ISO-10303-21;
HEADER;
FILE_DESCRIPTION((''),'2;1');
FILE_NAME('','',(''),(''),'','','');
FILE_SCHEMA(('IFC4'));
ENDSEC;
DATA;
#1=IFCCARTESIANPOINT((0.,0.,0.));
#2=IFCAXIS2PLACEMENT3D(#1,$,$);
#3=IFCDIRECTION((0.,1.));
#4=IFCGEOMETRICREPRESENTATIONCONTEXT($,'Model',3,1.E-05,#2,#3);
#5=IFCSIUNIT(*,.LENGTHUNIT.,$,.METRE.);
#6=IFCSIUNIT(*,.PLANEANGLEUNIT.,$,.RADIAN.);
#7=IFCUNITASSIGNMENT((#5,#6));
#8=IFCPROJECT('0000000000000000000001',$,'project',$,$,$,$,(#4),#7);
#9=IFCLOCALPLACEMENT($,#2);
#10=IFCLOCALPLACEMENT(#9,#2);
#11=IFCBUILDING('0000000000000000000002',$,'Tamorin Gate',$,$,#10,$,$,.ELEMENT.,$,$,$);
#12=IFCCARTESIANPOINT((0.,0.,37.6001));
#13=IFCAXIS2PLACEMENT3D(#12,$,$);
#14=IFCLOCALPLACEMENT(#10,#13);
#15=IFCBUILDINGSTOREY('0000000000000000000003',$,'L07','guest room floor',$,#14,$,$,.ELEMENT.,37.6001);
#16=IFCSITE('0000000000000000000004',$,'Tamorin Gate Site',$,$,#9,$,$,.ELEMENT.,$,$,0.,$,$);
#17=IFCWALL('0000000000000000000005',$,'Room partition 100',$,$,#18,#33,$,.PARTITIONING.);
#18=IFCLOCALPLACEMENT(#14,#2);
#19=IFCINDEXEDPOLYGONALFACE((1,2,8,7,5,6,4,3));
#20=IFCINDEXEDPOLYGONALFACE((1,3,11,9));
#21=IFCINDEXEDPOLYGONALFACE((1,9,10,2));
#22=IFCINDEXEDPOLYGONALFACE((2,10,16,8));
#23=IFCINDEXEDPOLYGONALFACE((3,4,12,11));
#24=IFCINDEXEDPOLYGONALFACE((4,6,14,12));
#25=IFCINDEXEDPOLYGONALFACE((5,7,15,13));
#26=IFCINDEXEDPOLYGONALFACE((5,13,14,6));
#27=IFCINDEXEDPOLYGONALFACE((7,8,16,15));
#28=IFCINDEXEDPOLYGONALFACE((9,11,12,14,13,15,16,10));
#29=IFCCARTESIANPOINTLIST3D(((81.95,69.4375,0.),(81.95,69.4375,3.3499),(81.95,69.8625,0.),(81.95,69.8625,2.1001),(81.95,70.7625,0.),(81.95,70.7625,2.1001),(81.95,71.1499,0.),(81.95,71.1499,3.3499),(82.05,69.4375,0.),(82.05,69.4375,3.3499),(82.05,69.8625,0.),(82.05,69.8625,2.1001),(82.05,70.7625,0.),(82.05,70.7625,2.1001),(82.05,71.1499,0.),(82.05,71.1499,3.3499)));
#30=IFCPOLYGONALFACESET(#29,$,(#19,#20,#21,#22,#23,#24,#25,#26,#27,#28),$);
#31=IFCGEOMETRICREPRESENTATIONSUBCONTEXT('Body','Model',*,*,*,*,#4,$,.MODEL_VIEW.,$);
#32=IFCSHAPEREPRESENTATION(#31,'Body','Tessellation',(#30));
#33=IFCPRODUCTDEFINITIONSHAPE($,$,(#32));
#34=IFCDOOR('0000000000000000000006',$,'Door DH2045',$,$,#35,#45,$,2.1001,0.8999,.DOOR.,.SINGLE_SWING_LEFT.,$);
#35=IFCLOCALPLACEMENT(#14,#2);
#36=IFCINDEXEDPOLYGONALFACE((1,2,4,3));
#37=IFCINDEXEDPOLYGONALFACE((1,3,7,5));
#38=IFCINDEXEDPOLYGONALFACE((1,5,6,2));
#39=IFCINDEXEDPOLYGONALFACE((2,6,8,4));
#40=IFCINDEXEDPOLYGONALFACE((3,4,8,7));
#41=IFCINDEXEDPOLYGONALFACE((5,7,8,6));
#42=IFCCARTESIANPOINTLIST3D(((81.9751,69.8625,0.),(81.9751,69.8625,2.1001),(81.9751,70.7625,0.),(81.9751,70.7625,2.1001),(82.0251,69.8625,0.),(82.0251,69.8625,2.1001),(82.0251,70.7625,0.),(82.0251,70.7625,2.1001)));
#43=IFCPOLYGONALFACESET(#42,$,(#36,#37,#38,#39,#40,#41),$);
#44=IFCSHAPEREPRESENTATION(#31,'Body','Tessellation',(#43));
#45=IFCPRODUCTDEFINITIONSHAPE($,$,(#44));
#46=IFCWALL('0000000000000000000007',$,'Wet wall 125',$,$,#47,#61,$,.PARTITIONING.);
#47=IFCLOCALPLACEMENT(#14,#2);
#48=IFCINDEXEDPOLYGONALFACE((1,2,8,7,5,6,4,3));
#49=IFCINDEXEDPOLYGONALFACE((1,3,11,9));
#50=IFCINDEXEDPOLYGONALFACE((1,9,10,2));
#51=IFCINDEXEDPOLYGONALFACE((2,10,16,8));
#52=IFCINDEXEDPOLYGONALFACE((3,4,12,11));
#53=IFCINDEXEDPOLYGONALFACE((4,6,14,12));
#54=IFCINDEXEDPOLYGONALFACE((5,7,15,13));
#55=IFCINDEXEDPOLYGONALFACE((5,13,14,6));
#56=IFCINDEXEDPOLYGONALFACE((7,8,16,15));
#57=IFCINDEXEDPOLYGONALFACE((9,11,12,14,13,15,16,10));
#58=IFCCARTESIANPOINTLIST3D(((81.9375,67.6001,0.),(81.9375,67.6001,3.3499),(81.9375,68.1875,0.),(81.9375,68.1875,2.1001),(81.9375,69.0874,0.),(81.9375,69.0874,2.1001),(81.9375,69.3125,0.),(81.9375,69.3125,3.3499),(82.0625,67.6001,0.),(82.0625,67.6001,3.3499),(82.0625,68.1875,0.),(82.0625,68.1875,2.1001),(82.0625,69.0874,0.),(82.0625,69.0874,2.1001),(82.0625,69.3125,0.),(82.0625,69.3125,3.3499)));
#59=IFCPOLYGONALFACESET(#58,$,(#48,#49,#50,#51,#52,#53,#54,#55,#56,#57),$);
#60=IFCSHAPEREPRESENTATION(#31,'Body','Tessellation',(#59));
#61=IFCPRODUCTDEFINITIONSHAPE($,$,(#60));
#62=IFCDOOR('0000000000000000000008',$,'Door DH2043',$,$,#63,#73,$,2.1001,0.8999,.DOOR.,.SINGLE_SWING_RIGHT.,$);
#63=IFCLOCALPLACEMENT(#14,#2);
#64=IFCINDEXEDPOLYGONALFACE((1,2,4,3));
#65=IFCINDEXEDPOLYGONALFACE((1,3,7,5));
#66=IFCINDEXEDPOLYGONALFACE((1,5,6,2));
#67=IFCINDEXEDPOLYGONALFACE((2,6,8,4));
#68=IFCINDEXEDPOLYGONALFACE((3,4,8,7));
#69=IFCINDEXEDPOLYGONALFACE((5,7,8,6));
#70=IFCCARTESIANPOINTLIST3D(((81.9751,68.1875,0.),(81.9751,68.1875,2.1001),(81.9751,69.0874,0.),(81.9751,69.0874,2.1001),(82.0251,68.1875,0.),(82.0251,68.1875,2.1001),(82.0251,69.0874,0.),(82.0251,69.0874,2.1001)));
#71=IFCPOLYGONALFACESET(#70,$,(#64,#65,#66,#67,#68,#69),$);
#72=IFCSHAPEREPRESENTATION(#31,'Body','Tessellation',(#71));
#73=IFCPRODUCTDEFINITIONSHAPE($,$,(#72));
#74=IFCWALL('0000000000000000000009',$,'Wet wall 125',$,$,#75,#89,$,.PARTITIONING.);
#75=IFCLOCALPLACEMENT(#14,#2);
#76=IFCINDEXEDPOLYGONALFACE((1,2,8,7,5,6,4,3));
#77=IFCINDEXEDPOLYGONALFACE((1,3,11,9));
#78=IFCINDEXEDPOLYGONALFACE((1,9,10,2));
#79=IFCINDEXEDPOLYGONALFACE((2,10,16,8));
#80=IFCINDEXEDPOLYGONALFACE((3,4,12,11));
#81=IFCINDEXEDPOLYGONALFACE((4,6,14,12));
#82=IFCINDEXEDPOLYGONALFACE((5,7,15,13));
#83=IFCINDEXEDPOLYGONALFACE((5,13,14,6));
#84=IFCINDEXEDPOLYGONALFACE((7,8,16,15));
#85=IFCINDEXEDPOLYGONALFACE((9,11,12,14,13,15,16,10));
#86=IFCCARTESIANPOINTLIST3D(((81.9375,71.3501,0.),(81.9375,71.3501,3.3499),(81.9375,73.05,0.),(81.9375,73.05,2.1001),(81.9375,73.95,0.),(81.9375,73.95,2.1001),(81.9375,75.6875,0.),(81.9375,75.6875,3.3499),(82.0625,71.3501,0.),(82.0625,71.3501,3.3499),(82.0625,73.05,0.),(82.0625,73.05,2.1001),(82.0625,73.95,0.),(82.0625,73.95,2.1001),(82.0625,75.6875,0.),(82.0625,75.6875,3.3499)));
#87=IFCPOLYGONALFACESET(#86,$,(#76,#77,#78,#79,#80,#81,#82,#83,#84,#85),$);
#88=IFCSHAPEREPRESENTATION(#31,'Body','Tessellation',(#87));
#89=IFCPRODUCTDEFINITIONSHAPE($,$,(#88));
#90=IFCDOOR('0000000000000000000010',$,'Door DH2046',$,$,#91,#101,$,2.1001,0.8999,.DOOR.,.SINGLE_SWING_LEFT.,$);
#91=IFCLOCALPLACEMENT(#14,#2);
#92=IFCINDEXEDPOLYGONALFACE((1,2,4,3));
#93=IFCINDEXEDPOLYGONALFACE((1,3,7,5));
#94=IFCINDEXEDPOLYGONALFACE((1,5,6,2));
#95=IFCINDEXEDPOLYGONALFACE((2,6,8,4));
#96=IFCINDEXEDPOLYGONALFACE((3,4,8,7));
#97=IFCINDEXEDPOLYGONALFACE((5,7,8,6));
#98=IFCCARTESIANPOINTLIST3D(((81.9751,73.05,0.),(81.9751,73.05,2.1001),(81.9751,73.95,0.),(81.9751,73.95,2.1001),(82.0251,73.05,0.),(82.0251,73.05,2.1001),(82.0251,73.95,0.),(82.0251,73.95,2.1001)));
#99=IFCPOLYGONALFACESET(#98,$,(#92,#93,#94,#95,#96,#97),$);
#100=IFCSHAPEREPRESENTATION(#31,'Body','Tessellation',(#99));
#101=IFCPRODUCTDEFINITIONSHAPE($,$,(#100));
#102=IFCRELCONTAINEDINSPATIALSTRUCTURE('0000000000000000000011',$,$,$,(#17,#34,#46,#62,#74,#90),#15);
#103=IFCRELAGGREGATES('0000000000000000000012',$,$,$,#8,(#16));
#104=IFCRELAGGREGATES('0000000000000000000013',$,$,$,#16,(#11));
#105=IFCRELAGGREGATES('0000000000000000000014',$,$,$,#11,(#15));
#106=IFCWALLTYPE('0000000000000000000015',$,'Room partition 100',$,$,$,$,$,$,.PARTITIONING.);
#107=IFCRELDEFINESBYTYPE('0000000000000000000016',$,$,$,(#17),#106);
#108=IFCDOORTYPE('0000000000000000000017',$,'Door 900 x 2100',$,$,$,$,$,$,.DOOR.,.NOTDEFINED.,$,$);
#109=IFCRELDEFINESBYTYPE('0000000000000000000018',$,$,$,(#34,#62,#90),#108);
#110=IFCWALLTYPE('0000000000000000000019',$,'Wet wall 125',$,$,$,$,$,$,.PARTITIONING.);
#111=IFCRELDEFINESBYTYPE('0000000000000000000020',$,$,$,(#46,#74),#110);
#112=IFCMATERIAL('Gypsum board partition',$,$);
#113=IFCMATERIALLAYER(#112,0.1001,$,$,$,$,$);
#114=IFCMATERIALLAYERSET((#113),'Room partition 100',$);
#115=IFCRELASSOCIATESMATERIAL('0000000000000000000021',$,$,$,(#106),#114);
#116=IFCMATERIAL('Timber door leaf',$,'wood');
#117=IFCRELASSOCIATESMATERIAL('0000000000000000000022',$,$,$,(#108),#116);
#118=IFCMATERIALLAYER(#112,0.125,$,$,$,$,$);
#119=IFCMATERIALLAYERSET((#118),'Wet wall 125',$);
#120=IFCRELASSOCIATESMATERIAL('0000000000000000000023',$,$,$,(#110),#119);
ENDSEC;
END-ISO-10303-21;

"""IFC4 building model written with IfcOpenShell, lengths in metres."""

from ifc_helpers import new_model, si_unit, direction, frame, frame_2d, origin, place, context, subcontext, project, spatial, rectangle, extrude, material, layer, layer_set, type_object, element, fill, save


model = new_model("IFC4")

# Units and contexts
model_context = context("Model", 3, precision=1e-05, world=origin(), true_north=direction((0.0, 1.0)))
body_context = subcontext(model_context, "Body", "Model", "MODEL_VIEW")
ifc_project = project(units=[si_unit("LENGTHUNIT", "METRE"), si_unit("PLANEANGLEUNIT", "RADIAN")], contexts=[model_context])

# Site, building, storey
site_placement = place(None, origin())
site = spatial("IfcSite", under=ifc_project, at=site_placement, Name="Tamorin Gate Site", CompositionType="ELEMENT", RefElevation=0.0)
building_placement = place(site_placement, origin())
building = spatial("IfcBuilding", under=site, at=building_placement, Name="Tamorin Gate", CompositionType="ELEMENT")
storey_placement = place(building_placement, frame((0.0, 0.0, 37.6001)))
storey = spatial("IfcBuildingStorey", under=building, at=storey_placement, Name="L07", Description="guest room floor", CompositionType="ELEMENT", Elevation=37.6001)

# Walls, openings, doors
ifc_material_1 = material(Name="Gypsum board partition")
ifc_layer_1 = layer(ifc_material_1, 0.1001)
ifc_layer_set_1 = layer_set([ifc_layer_1], Name="Room partition 100")
wall_type_1 = type_object("IfcWallType", Name="Room partition 100", PredefinedType="PARTITIONING", material=ifc_layer_set_1)
ifc_material_2 = material(Name="Timber door leaf", Category="wood")
door_type = type_object("IfcDoorType", Name="Door 900 x 2100", OperationType="NOTDEFINED", PredefinedType="DOOR", material=ifc_material_2)
wall_1_placement = place(storey_placement, frame((82.0, 69.4375, 0.0), z_axis=(0.0, 0.0, 1.0), x_axis=(0.0, 1.0, 0.0)))
wall_1 = element("IfcWall", 1, at=wall_1_placement, inside=storey, type_object=wall_type_1, Name="Room partition 100", PredefinedType="PARTITIONING", context=body_context, shape_type="SweptSolid", body=[
    extrude(rectangle(XDim=1.7124, YDim=0.1001, at=frame_2d((0.8562, 0.0))), origin(), (0.0, 0.0, 1.0), 3.3499),
])
opening_1_placement = place(wall_1_placement, frame((0.425, 0.0, 0.0)))
opening_1 = element("IfcOpeningElement", 2, at=opening_1_placement, cuts=wall_1, PredefinedType="OPENING", context=body_context, shape_type="SweptSolid", body=[
    extrude(rectangle(XDim=0.8999, YDim=2.1001, at=frame_2d((0.45, 1.05))), frame((0.0, 0.0601, 0.0), z_axis=(0.0, -1.0, 0.0), x_axis=(1.0, 0.0, 0.0)), (0.0, 0.0, 1.0), 0.1201),
])
door_1_placement = place(opening_1_placement, origin())
door_1 = element("IfcDoor", 3, at=door_1_placement, inside=storey, type_object=door_type, Name="Door DH2045", OperationType="SINGLE_SWING_LEFT", OverallHeight=2.1001, OverallWidth=0.8999, PredefinedType="DOOR", context=body_context, shape_type="SweptSolid", body=[
    extrude(rectangle(XDim=0.8999, YDim=2.1001, at=frame_2d((0.45, 1.05))), frame((0.0, 0.0249, 0.0), z_axis=(0.0, -1.0, 0.0), x_axis=(1.0, 0.0, 0.0)), (0.0, 0.0, 1.0), 0.05),
])
fill(opening_1, door_1)
ifc_layer_2 = layer(ifc_material_1, 0.125)
ifc_layer_set_2 = layer_set([ifc_layer_2], Name="Wet wall 125")
wall_type_2 = type_object("IfcWallType", Name="Wet wall 125", PredefinedType="PARTITIONING", material=ifc_layer_set_2)
wall_2_placement = place(storey_placement, frame((82.0, 67.6001, 0.0), z_axis=(0.0, 0.0, 1.0), x_axis=(0.0, 1.0, 0.0)))
wall_2 = element("IfcWall", 4, at=wall_2_placement, inside=storey, type_object=wall_type_2, Name="Wet wall 125", PredefinedType="PARTITIONING", context=body_context, shape_type="SweptSolid", body=[
    extrude(rectangle(XDim=1.7124, YDim=0.125, at=frame_2d((0.8562, 0.0))), origin(), (0.0, 0.0, 1.0), 3.3499),
])
opening_2_placement = place(wall_2_placement, frame((0.5874, 0.0, 0.0)))
opening_2 = element("IfcOpeningElement", 5, at=opening_2_placement, cuts=wall_2, PredefinedType="OPENING", context=body_context, shape_type="SweptSolid", body=[
    extrude(rectangle(XDim=0.8999, YDim=2.1001, at=frame_2d((0.45, 1.05))), frame((0.0, 0.0725, 0.0), z_axis=(0.0, -1.0, 0.0), x_axis=(1.0, 0.0, 0.0)), (0.0, 0.0, 1.0), 0.145),
])
door_2_placement = place(opening_2_placement, origin())
door_2 = element("IfcDoor", 6, at=door_2_placement, inside=storey, type_object=door_type, Name="Door DH2043", OperationType="SINGLE_SWING_RIGHT", OverallHeight=2.1001, OverallWidth=0.8999, PredefinedType="DOOR", context=body_context, shape_type="SweptSolid", body=[
    extrude(rectangle(XDim=0.8999, YDim=2.1001, at=frame_2d((0.45, 1.05))), frame((0.0, 0.0249, 0.0), z_axis=(0.0, -1.0, 0.0), x_axis=(1.0, 0.0, 0.0)), (0.0, 0.0, 1.0), 0.05),
])
fill(opening_2, door_2)
wall_3_placement = place(storey_placement, frame((82.0, 71.3501, 0.0), z_axis=(0.0, 0.0, 1.0), x_axis=(0.0, 1.0, 0.0)))
wall_3 = element("IfcWall", 7, at=wall_3_placement, inside=storey, type_object=wall_type_2, Name="Wet wall 125", PredefinedType="PARTITIONING", context=body_context, shape_type="SweptSolid", body=[
    extrude(rectangle(XDim=4.3374, YDim=0.125, at=frame_2d((2.1687, 0.0))), origin(), (0.0, 0.0, 1.0), 3.3499),
])
opening_3_placement = place(wall_3_placement, frame((1.7, 0.0, 0.0)))
opening_3 = element("IfcOpeningElement", 8, at=opening_3_placement, cuts=wall_3, PredefinedType="OPENING", context=body_context, shape_type="SweptSolid", body=[
    extrude(rectangle(XDim=0.8999, YDim=2.1001, at=frame_2d((0.45, 1.05))), frame((0.0, 0.0725, 0.0), z_axis=(0.0, -1.0, 0.0), x_axis=(1.0, 0.0, 0.0)), (0.0, 0.0, 1.0), 0.145),
])
door_3_placement = place(opening_3_placement, origin())
door_3 = element("IfcDoor", 9, at=door_3_placement, inside=storey, type_object=door_type, Name="Door DH2046", OperationType="SINGLE_SWING_LEFT", OverallHeight=2.1001, OverallWidth=0.8999, PredefinedType="DOOR", context=body_context, shape_type="SweptSolid", body=[
    extrude(rectangle(XDim=0.8999, YDim=2.1001, at=frame_2d((0.45, 1.05))), frame((0.0, 0.0249, 0.0), z_axis=(0.0, -1.0, 0.0), x_axis=(1.0, 0.0, 0.0)), (0.0, 0.0, 1.0), 0.05),
])
fill(opening_3, door_3)

save(model, "model.ifc")
